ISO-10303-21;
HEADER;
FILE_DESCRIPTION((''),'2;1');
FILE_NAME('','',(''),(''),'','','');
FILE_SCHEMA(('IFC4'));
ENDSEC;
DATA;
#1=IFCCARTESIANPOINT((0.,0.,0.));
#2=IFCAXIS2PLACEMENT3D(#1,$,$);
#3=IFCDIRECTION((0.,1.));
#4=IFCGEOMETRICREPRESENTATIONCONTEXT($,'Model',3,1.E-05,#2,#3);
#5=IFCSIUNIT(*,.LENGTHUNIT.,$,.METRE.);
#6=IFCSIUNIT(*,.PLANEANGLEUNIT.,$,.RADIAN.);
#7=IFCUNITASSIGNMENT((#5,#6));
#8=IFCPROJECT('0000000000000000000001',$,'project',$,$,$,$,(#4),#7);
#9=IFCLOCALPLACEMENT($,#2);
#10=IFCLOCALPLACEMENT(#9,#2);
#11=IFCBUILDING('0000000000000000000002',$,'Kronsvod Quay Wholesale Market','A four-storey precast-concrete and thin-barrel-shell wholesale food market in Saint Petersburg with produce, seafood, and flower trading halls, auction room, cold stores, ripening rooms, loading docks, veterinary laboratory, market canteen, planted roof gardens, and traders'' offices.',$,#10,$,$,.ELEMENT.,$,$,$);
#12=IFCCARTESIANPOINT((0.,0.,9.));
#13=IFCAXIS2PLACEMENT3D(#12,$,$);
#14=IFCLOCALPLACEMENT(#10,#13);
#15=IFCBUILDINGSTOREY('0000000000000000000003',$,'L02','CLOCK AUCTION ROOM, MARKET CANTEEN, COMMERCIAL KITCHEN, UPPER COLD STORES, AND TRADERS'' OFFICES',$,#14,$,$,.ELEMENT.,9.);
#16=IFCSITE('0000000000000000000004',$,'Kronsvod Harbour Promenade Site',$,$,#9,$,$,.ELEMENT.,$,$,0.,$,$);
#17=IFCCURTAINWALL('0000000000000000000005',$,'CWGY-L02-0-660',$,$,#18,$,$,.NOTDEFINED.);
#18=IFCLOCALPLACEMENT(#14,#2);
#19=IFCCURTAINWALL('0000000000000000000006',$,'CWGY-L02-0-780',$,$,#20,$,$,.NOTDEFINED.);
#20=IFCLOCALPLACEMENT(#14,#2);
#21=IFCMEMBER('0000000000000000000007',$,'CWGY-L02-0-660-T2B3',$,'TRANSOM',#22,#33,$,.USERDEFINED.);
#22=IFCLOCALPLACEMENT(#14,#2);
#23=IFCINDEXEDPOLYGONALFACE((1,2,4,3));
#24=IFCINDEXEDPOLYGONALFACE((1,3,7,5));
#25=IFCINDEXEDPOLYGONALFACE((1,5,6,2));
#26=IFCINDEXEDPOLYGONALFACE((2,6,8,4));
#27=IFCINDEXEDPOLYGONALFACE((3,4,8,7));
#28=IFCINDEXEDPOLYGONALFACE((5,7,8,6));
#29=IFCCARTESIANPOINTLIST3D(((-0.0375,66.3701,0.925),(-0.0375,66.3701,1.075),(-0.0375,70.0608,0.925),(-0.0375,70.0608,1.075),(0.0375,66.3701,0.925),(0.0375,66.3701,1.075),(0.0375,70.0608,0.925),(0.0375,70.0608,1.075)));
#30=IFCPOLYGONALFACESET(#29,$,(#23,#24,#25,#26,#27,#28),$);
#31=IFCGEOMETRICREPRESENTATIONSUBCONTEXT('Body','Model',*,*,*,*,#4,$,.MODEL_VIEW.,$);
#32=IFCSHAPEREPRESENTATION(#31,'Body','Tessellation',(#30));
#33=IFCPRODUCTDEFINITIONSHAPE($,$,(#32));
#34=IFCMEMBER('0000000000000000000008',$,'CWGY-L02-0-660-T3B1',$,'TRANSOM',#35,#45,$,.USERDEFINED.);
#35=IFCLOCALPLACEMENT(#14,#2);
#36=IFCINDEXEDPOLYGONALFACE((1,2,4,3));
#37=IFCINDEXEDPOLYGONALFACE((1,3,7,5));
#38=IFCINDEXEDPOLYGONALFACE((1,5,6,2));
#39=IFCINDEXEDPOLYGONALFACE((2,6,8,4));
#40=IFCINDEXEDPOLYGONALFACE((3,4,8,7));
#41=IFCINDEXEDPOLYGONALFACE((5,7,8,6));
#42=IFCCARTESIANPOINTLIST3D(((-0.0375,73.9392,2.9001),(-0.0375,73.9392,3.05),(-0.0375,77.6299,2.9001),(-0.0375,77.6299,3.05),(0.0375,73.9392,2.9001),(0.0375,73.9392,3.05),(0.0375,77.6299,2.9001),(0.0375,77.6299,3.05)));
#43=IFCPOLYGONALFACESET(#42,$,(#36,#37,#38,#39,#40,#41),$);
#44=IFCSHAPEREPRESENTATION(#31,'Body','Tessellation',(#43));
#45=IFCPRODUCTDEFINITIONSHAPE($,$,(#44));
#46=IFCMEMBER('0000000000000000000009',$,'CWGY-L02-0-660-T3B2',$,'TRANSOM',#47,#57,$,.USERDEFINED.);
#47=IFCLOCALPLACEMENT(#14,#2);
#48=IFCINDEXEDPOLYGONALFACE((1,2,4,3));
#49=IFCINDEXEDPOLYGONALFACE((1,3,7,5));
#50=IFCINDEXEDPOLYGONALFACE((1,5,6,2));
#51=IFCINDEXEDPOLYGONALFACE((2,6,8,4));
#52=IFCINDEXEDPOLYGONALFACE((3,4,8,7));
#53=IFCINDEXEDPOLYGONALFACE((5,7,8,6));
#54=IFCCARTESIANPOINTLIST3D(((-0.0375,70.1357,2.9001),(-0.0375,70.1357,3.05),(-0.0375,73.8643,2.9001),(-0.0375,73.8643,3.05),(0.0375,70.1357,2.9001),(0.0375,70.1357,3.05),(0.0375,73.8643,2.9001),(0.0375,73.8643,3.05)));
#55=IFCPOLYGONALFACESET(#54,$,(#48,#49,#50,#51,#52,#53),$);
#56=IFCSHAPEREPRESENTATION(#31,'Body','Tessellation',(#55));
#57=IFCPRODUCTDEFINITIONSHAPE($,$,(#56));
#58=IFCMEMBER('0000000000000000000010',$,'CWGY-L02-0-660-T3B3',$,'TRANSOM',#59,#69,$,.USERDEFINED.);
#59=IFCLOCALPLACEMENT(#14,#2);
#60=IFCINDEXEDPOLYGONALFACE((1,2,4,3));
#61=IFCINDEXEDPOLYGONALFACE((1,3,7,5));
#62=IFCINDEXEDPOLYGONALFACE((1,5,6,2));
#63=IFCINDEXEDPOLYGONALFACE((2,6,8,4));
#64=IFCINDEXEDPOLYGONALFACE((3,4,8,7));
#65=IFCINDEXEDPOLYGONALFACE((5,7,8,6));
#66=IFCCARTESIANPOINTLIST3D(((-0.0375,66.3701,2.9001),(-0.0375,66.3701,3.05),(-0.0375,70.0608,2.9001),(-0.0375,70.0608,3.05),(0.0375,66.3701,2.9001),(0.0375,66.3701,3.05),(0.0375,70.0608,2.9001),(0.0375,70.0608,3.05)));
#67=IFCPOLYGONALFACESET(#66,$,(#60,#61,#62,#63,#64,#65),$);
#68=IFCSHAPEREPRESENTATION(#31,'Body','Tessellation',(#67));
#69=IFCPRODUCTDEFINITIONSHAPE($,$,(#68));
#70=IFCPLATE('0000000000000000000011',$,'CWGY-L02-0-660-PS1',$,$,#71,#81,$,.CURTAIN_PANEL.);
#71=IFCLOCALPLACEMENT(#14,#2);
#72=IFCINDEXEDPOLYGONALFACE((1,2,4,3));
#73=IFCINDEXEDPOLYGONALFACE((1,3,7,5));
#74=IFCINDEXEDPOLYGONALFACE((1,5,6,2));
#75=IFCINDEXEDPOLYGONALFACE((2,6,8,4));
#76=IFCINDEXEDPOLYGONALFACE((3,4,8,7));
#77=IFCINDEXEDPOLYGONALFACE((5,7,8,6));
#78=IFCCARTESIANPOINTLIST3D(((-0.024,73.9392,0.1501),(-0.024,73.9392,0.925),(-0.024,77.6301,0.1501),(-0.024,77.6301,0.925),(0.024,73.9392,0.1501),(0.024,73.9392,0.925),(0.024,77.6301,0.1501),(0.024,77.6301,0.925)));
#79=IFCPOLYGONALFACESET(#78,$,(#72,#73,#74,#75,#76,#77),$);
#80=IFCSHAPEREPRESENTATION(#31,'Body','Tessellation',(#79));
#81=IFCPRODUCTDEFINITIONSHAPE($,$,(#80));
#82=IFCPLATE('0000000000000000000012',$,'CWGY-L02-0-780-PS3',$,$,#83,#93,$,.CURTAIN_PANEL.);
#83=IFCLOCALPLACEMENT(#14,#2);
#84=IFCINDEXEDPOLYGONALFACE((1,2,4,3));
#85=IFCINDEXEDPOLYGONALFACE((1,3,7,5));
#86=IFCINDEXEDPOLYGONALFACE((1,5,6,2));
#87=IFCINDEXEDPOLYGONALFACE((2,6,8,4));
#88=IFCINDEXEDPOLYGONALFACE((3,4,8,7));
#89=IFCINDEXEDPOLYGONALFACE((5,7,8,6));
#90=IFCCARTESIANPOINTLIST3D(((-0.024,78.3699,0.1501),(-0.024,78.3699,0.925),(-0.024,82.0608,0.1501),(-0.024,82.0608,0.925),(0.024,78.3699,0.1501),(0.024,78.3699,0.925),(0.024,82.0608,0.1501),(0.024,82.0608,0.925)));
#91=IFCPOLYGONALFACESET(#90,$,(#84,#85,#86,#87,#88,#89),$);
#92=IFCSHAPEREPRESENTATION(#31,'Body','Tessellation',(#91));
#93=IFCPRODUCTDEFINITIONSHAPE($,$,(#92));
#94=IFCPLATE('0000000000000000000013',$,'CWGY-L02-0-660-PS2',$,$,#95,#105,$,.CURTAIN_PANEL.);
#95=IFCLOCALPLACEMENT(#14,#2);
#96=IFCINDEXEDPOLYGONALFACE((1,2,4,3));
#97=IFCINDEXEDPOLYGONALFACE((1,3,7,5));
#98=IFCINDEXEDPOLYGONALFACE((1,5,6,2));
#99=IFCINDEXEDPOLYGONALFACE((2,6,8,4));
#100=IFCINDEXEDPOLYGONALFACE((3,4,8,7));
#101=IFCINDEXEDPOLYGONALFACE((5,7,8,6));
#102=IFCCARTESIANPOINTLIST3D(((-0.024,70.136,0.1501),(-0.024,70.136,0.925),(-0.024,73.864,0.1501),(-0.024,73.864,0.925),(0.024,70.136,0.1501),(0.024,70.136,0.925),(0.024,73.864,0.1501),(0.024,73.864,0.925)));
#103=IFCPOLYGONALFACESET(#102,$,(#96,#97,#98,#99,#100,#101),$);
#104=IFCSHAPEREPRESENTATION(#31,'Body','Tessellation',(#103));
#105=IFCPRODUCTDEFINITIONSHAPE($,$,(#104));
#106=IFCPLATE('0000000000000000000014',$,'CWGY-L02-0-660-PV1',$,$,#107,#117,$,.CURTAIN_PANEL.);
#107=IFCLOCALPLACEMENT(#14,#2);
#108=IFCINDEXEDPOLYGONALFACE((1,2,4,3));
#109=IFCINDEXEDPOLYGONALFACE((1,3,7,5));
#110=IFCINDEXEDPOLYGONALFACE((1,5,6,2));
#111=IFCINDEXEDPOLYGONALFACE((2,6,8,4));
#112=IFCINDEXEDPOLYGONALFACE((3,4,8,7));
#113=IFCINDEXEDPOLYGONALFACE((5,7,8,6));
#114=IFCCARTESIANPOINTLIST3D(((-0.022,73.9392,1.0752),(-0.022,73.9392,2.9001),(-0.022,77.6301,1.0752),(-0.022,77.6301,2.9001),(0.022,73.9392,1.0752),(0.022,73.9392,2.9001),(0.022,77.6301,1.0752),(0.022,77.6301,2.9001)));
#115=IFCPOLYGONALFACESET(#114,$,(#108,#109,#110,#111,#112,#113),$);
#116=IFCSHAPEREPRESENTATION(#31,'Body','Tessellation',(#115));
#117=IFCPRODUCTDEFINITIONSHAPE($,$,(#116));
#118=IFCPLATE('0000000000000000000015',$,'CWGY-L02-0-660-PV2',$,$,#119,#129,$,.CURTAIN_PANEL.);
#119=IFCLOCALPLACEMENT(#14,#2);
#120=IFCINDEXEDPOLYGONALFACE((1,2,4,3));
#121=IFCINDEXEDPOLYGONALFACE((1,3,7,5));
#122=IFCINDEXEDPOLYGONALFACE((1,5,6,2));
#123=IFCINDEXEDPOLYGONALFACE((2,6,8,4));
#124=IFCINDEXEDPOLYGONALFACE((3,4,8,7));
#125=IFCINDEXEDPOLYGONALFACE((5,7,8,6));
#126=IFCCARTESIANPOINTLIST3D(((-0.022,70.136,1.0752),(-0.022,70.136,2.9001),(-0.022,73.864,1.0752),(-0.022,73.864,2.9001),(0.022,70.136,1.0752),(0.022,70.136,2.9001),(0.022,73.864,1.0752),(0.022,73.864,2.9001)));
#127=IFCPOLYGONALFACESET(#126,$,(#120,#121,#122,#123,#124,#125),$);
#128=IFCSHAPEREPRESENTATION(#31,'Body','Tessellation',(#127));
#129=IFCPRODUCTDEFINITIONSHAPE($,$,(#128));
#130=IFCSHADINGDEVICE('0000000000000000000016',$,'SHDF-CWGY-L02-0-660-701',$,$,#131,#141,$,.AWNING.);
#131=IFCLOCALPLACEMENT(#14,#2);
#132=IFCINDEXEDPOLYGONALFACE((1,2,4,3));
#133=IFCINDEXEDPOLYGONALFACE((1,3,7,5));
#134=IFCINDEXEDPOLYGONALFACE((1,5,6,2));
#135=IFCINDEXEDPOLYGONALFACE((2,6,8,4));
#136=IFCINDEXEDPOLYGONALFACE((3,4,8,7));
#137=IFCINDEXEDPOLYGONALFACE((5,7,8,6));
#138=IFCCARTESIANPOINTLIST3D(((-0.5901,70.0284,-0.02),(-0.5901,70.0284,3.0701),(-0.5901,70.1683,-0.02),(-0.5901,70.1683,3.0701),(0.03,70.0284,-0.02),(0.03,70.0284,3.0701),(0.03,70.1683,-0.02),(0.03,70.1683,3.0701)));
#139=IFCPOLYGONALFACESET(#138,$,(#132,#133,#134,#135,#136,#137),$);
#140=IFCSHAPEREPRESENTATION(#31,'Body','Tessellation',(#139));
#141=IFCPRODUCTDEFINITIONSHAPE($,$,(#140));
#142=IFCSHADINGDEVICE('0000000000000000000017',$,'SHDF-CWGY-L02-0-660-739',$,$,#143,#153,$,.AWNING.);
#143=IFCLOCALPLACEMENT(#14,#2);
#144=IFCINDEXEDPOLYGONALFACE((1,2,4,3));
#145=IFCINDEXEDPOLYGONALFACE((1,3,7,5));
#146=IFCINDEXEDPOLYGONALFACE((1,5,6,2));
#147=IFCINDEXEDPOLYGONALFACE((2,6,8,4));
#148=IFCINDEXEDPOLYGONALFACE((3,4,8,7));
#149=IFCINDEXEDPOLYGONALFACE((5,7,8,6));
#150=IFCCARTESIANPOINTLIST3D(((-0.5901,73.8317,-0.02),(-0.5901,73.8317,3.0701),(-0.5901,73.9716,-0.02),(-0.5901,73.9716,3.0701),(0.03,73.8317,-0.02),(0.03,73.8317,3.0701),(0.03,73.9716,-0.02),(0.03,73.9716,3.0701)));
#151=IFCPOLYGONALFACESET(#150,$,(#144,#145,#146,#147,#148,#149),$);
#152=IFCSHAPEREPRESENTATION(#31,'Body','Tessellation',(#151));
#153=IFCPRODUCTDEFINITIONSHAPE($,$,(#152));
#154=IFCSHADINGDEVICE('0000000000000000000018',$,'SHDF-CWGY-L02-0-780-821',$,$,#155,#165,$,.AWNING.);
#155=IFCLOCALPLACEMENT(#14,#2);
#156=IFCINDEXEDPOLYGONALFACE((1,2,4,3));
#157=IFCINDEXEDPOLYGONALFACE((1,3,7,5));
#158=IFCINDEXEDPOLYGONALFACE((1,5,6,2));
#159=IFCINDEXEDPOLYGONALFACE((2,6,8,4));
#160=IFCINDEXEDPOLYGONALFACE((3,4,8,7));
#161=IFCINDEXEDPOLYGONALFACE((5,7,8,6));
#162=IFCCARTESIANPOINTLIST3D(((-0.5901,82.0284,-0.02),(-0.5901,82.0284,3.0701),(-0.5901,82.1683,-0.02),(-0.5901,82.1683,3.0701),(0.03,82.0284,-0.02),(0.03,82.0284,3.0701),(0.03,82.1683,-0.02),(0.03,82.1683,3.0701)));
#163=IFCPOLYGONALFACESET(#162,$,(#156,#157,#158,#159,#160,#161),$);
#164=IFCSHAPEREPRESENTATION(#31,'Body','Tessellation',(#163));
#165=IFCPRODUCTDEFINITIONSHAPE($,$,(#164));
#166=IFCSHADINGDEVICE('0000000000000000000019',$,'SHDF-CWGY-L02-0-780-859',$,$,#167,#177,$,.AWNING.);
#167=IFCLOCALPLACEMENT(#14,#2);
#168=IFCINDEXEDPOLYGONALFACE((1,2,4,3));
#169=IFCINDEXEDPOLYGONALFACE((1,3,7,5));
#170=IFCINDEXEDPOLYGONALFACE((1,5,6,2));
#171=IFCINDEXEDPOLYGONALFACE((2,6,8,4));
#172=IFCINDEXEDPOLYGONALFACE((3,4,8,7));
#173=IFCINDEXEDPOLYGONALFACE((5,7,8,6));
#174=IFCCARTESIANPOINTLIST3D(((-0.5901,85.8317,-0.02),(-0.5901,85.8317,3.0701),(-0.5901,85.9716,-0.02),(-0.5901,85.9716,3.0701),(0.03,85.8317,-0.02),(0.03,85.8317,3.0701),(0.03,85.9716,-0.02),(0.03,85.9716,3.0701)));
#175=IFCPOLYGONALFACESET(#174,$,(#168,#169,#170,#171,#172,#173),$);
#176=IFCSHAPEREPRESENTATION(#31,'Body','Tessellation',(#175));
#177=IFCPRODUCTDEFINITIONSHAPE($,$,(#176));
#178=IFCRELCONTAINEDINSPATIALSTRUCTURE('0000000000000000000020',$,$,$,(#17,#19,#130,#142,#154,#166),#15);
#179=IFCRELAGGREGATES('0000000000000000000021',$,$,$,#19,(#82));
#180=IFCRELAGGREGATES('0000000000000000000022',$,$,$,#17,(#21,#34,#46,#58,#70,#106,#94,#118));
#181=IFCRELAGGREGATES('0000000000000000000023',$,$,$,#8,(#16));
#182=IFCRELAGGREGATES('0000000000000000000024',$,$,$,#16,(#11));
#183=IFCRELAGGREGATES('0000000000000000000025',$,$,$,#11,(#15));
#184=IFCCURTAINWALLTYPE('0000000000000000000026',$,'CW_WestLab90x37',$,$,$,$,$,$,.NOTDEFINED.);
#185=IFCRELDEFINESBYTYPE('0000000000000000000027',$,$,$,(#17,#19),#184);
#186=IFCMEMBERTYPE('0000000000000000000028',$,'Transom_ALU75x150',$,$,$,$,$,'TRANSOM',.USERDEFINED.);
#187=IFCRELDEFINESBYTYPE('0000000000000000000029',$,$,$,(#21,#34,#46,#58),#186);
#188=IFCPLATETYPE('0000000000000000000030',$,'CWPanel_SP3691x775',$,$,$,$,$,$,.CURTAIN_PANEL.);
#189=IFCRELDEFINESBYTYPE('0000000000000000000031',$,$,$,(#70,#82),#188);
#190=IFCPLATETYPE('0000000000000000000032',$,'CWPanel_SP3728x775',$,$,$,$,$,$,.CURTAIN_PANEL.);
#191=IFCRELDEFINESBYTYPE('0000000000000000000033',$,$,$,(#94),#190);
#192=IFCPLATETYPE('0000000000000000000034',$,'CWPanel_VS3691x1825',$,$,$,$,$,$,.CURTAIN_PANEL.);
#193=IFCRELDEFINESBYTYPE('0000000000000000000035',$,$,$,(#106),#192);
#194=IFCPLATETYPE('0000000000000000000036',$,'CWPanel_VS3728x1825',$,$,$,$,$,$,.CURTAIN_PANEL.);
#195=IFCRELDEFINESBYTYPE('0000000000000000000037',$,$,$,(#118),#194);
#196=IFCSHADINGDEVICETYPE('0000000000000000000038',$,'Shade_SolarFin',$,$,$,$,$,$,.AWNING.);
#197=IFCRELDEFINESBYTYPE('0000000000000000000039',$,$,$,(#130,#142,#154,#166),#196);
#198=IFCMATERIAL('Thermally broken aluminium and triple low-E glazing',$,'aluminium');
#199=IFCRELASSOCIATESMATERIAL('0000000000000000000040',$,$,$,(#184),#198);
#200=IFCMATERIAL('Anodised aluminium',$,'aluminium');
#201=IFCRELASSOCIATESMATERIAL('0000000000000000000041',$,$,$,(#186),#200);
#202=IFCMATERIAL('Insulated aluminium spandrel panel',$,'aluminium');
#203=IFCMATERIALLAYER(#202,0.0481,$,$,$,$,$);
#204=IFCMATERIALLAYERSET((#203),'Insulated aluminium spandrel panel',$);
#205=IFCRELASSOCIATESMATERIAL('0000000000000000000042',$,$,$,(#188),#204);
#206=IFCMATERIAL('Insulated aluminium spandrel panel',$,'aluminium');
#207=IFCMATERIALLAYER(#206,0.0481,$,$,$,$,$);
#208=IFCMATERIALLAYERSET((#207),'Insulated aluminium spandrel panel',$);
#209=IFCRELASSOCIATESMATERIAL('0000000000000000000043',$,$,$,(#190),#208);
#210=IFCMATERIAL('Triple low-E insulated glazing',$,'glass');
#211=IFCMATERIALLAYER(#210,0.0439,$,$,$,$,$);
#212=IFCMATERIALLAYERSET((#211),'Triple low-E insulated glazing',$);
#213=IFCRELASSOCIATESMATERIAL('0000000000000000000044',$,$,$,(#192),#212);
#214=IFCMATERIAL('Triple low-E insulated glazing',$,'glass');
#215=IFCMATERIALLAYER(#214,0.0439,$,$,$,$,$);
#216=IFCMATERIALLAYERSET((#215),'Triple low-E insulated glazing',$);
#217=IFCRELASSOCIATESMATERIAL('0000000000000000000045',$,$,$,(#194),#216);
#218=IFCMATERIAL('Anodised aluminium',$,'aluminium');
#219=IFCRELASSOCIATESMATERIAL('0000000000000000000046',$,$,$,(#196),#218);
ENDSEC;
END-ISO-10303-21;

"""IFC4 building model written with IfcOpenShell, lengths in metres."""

from ifc_helpers import new_model, si_unit, direction, frame, origin, origin_2d, place, context, subcontext, project, spatial, rectangle, extrude, material, layer, layer_set, material_profile, profile_set, type_object, element, aggregate, save


model = new_model("IFC4")

# Units and contexts
model_context = context("Model", 3, precision=1e-05, world=origin(), true_north=direction((0.0, 1.0)))
body_context = subcontext(model_context, "Body", "Model", "MODEL_VIEW")
ifc_project = project(units=[si_unit("LENGTHUNIT", "METRE"), si_unit("PLANEANGLEUNIT", "RADIAN")], contexts=[model_context])

# Site, building, storey
site_placement = place(None, origin())
site = spatial("IfcSite", under=ifc_project, at=site_placement, Name="Kronsvod Harbour Promenade Site", CompositionType="ELEMENT", RefElevation=0.0)
building_placement = place(site_placement, origin())
building = spatial("IfcBuilding", under=site, at=building_placement, Name="Kronsvod Quay Wholesale Market", Description="A four-storey precast-concrete and thin-barrel-shell wholesale food market in Saint Petersburg with produce, seafood, and flower trading halls, auction room, cold stores, ripening rooms, loading docks, veterinary laboratory, market canteen, planted roof gardens, and traders' offices.", CompositionType="ELEMENT")
storey_placement = place(building_placement, frame((0.0, 0.0, 9.0)))
storey = spatial("IfcBuildingStorey", under=building, at=storey_placement, Name="L02", Description="CLOCK AUCTION ROOM, MARKET CANTEEN, COMMERCIAL KITCHEN, UPPER COLD STORES, AND TRADERS' OFFICES", CompositionType="ELEMENT", Elevation=9.0)

# Curtain wall
ifc_material_1 = material(Name="Thermally broken aluminium and triple low-E glazing", Category="aluminium")
curtain_wall_type = type_object("IfcCurtainWallType", Name="CW_WestLab90x37", PredefinedType="NOTDEFINED", material=ifc_material_1)
curtain_wall_1_placement = place(storey_placement, origin())
curtain_wall_1 = element("IfcCurtainWall", 1, at=curtain_wall_1_placement, inside=storey, type_object=curtain_wall_type, Name="CWGY-L02-0-660", PredefinedType="NOTDEFINED")

# Curtain wall
curtain_wall_2_placement = place(storey_placement, origin())
curtain_wall_2 = element("IfcCurtainWall", 2, at=curtain_wall_2_placement, inside=storey, type_object=curtain_wall_type, Name="CWGY-L02-0-780", PredefinedType="NOTDEFINED")

# Members
ifc_material_2 = material(Name="Anodised aluminium", Category="aluminium")
ifc_material_profile_1 = material_profile(ifc_material_2, rectangle(XDim=0.075, YDim=0.1499, at=origin_2d()), Name="ALUT75x150")
ifc_profile_set_1 = profile_set([ifc_material_profile_1], Name="Anodised aluminium")
member_type_1 = type_object("IfcMemberType", Name="Transom_ALU75x150", ElementType="TRANSOM", PredefinedType="USERDEFINED", material=ifc_profile_set_1)
member_1_placement = place(storey_placement, frame((0.0, 70.0608, 1.0), z_axis=(0.0, -1.0, 0.0), x_axis=(1.0, 0.0, 0.0)))
member_1 = element("IfcMember", 3, at=member_1_placement, type_object=member_type_1, Name="CWGY-L02-0-660-T2B3", ObjectType="TRANSOM", PredefinedType="USERDEFINED", context=body_context, shape_type="SweptSolid", body=[
    extrude(rectangle(XDim=0.075, YDim=0.1499, at=origin_2d()), origin(), (0.0, 0.0, 1.0), 3.6907),
])
member_2_placement = place(storey_placement, frame((0.0, 77.6299, 2.9751), z_axis=(0.0, -1.0, 0.0), x_axis=(1.0, 0.0, 0.0)))
member_2 = element("IfcMember", 4, at=member_2_placement, type_object=member_type_1, Name="CWGY-L02-0-660-T3B1", ObjectType="TRANSOM", PredefinedType="USERDEFINED", context=body_context, shape_type="SweptSolid", body=[
    extrude(rectangle(XDim=0.075, YDim=0.1499, at=origin_2d()), origin(), (0.0, 0.0, 1.0), 3.6907),
])
member_3_placement = place(storey_placement, frame((0.0, 73.8643, 2.9751), z_axis=(0.0, -1.0, 0.0), x_axis=(1.0, 0.0, 0.0)))
member_3 = element("IfcMember", 5, at=member_3_placement, type_object=member_type_1, Name="CWGY-L02-0-660-T3B2", ObjectType="TRANSOM", PredefinedType="USERDEFINED", context=body_context, shape_type="SweptSolid", body=[
    extrude(rectangle(XDim=0.075, YDim=0.1499, at=origin_2d()), origin(), (0.0, 0.0, 1.0), 3.7285),
])
member_4_placement = place(storey_placement, frame((0.0, 70.0608, 2.9751), z_axis=(0.0, -1.0, 0.0), x_axis=(1.0, 0.0, 0.0)))
member_4 = element("IfcMember", 6, at=member_4_placement, type_object=member_type_1, Name="CWGY-L02-0-660-T3B3", ObjectType="TRANSOM", PredefinedType="USERDEFINED", context=body_context, shape_type="SweptSolid", body=[
    extrude(rectangle(XDim=0.075, YDim=0.1499, at=origin_2d()), origin(), (0.0, 0.0, 1.0), 3.6907),
])

# Plates
ifc_material_3 = material(Name="Insulated aluminium spandrel panel", Category="aluminium")
ifc_layer_1 = layer(ifc_material_3, 0.0481)
ifc_layer_set_1 = layer_set([ifc_layer_1], Name="Insulated aluminium spandrel panel")
plate_type_1 = type_object("IfcPlateType", Name="CWPanel_SP3691x775", PredefinedType="CURTAIN_PANEL", material=ifc_layer_set_1)
plate_1_placement = place(storey_placement, frame((0.0, 75.7847, 0.1501), z_axis=(0.0, 0.0, 1.0), x_axis=(0.0, -1.0, 0.0)))
plate_1 = element("IfcPlate", 7, at=plate_1_placement, type_object=plate_type_1, Name="CWGY-L02-0-660-PS1", PredefinedType="CURTAIN_PANEL", context=body_context, shape_type="SweptSolid", body=[
    extrude(rectangle(XDim=3.6909, YDim=0.0481, at=origin_2d()), origin(), (0.0, 0.0, 1.0), 0.7749),
])
plate_2_placement = place(storey_placement, frame((0.0, 80.2153, 0.1501), z_axis=(0.0, 0.0, 1.0), x_axis=(0.0, -1.0, 0.0)))
plate_2 = element("IfcPlate", 8, at=plate_2_placement, type_object=plate_type_1, Name="CWGY-L02-0-780-PS3", PredefinedType="CURTAIN_PANEL", context=body_context, shape_type="SweptSolid", body=[
    extrude(rectangle(XDim=3.6909, YDim=0.0481, at=origin_2d()), origin(), (0.0, 0.0, 1.0), 0.7749),
])
aggregate(curtain_wall_2, [plate_2])
ifc_material_4 = material(Name="Insulated aluminium spandrel panel", Category="aluminium")
ifc_layer_2 = layer(ifc_material_4, 0.0481)
ifc_layer_set_2 = layer_set([ifc_layer_2], Name="Insulated aluminium spandrel panel")
plate_type_2 = type_object("IfcPlateType", Name="CWPanel_SP3728x775", PredefinedType="CURTAIN_PANEL", material=ifc_layer_set_2)
plate_3_placement = place(storey_placement, frame((0.0, 72.0, 0.1501), z_axis=(0.0, 0.0, 1.0), x_axis=(0.0, -1.0, 0.0)))
plate_3 = element("IfcPlate", 9, at=plate_3_placement, type_object=plate_type_2, Name="CWGY-L02-0-660-PS2", PredefinedType="CURTAIN_PANEL", context=body_context, shape_type="SweptSolid", body=[
    extrude(rectangle(XDim=3.728, YDim=0.0481, at=origin_2d()), origin(), (0.0, 0.0, 1.0), 0.7749),
])
ifc_material_5 = material(Name="Triple low-E insulated glazing", Category="glass")
ifc_layer_3 = layer(ifc_material_5, 0.0439)
ifc_layer_set_3 = layer_set([ifc_layer_3], Name="Triple low-E insulated glazing")
plate_type_3 = type_object("IfcPlateType", Name="CWPanel_VS3691x1825", PredefinedType="CURTAIN_PANEL", material=ifc_layer_set_3)
plate_4_placement = place(storey_placement, frame((0.0, 75.7847, 1.0752), z_axis=(0.0, 0.0, 1.0), x_axis=(0.0, -1.0, 0.0)))
plate_4 = element("IfcPlate", 10, at=plate_4_placement, type_object=plate_type_3, Name="CWGY-L02-0-660-PV1", PredefinedType="CURTAIN_PANEL", context=body_context, shape_type="SweptSolid", body=[
    extrude(rectangle(XDim=3.6909, YDim=0.0439, at=origin_2d()), origin(), (0.0, 0.0, 1.0), 1.825),
])
ifc_material_6 = material(Name="Triple low-E insulated glazing", Category="glass")
ifc_layer_4 = layer(ifc_material_6, 0.0439)
ifc_layer_set_4 = layer_set([ifc_layer_4], Name="Triple low-E insulated glazing")
plate_type_4 = type_object("IfcPlateType", Name="CWPanel_VS3728x1825", PredefinedType="CURTAIN_PANEL", material=ifc_layer_set_4)
plate_5_placement = place(storey_placement, frame((0.0, 72.0, 1.0752), z_axis=(0.0, 0.0, 1.0), x_axis=(0.0, -1.0, 0.0)))
plate_5 = element("IfcPlate", 11, at=plate_5_placement, type_object=plate_type_4, Name="CWGY-L02-0-660-PV2", PredefinedType="CURTAIN_PANEL", context=body_context, shape_type="SweptSolid", body=[
    extrude(rectangle(XDim=3.728, YDim=0.0439, at=origin_2d()), origin(), (0.0, 0.0, 1.0), 1.825),
])
aggregate(curtain_wall_1, [member_1, member_2, member_3, member_4, plate_1, plate_4, plate_3, plate_5])

# Shading devices
ifc_material_7 = material(Name="Anodised aluminium", Category="aluminium")
shading_device_type = type_object("IfcShadingDeviceType", Name="Shade_SolarFin", PredefinedType="AWNING", material=ifc_material_7)
for number, where, z_axis, x_axis, name in (
    (12, (-0.28, 70.0984, -0.02), (0.0, 0.0, 1.0), (1.0, 0.0, 0.0), "SHDF-CWGY-L02-0-660-701"),
    (13, (-0.28, 73.9016, -0.02), (0.0, 0.0, 1.0), (1.0, 0.0, 0.0), "SHDF-CWGY-L02-0-660-739"),
    (14, (-0.28, 82.0984, -0.02), (0.0, 0.0, 1.0), (1.0, 0.0, 0.0), "SHDF-CWGY-L02-0-780-821"),
    (15, (-0.28, 85.9016, -0.02), (0.0, 0.0, 1.0), (1.0, 0.0, 0.0), "SHDF-CWGY-L02-0-780-859"),
):
    element("IfcShadingDevice", number, at=place(storey_placement, frame(where, z_axis=z_axis, x_axis=x_axis)), inside=storey, type_object=shading_device_type, Name=name, PredefinedType="AWNING", context=body_context, shape_type="SweptSolid", body=[
        extrude(rectangle(XDim=0.6201, YDim=0.1399, at=origin_2d()), origin(), (0.0, 0.0, 1.0), 3.0901),
    ])

save(model, "model.ifc")
